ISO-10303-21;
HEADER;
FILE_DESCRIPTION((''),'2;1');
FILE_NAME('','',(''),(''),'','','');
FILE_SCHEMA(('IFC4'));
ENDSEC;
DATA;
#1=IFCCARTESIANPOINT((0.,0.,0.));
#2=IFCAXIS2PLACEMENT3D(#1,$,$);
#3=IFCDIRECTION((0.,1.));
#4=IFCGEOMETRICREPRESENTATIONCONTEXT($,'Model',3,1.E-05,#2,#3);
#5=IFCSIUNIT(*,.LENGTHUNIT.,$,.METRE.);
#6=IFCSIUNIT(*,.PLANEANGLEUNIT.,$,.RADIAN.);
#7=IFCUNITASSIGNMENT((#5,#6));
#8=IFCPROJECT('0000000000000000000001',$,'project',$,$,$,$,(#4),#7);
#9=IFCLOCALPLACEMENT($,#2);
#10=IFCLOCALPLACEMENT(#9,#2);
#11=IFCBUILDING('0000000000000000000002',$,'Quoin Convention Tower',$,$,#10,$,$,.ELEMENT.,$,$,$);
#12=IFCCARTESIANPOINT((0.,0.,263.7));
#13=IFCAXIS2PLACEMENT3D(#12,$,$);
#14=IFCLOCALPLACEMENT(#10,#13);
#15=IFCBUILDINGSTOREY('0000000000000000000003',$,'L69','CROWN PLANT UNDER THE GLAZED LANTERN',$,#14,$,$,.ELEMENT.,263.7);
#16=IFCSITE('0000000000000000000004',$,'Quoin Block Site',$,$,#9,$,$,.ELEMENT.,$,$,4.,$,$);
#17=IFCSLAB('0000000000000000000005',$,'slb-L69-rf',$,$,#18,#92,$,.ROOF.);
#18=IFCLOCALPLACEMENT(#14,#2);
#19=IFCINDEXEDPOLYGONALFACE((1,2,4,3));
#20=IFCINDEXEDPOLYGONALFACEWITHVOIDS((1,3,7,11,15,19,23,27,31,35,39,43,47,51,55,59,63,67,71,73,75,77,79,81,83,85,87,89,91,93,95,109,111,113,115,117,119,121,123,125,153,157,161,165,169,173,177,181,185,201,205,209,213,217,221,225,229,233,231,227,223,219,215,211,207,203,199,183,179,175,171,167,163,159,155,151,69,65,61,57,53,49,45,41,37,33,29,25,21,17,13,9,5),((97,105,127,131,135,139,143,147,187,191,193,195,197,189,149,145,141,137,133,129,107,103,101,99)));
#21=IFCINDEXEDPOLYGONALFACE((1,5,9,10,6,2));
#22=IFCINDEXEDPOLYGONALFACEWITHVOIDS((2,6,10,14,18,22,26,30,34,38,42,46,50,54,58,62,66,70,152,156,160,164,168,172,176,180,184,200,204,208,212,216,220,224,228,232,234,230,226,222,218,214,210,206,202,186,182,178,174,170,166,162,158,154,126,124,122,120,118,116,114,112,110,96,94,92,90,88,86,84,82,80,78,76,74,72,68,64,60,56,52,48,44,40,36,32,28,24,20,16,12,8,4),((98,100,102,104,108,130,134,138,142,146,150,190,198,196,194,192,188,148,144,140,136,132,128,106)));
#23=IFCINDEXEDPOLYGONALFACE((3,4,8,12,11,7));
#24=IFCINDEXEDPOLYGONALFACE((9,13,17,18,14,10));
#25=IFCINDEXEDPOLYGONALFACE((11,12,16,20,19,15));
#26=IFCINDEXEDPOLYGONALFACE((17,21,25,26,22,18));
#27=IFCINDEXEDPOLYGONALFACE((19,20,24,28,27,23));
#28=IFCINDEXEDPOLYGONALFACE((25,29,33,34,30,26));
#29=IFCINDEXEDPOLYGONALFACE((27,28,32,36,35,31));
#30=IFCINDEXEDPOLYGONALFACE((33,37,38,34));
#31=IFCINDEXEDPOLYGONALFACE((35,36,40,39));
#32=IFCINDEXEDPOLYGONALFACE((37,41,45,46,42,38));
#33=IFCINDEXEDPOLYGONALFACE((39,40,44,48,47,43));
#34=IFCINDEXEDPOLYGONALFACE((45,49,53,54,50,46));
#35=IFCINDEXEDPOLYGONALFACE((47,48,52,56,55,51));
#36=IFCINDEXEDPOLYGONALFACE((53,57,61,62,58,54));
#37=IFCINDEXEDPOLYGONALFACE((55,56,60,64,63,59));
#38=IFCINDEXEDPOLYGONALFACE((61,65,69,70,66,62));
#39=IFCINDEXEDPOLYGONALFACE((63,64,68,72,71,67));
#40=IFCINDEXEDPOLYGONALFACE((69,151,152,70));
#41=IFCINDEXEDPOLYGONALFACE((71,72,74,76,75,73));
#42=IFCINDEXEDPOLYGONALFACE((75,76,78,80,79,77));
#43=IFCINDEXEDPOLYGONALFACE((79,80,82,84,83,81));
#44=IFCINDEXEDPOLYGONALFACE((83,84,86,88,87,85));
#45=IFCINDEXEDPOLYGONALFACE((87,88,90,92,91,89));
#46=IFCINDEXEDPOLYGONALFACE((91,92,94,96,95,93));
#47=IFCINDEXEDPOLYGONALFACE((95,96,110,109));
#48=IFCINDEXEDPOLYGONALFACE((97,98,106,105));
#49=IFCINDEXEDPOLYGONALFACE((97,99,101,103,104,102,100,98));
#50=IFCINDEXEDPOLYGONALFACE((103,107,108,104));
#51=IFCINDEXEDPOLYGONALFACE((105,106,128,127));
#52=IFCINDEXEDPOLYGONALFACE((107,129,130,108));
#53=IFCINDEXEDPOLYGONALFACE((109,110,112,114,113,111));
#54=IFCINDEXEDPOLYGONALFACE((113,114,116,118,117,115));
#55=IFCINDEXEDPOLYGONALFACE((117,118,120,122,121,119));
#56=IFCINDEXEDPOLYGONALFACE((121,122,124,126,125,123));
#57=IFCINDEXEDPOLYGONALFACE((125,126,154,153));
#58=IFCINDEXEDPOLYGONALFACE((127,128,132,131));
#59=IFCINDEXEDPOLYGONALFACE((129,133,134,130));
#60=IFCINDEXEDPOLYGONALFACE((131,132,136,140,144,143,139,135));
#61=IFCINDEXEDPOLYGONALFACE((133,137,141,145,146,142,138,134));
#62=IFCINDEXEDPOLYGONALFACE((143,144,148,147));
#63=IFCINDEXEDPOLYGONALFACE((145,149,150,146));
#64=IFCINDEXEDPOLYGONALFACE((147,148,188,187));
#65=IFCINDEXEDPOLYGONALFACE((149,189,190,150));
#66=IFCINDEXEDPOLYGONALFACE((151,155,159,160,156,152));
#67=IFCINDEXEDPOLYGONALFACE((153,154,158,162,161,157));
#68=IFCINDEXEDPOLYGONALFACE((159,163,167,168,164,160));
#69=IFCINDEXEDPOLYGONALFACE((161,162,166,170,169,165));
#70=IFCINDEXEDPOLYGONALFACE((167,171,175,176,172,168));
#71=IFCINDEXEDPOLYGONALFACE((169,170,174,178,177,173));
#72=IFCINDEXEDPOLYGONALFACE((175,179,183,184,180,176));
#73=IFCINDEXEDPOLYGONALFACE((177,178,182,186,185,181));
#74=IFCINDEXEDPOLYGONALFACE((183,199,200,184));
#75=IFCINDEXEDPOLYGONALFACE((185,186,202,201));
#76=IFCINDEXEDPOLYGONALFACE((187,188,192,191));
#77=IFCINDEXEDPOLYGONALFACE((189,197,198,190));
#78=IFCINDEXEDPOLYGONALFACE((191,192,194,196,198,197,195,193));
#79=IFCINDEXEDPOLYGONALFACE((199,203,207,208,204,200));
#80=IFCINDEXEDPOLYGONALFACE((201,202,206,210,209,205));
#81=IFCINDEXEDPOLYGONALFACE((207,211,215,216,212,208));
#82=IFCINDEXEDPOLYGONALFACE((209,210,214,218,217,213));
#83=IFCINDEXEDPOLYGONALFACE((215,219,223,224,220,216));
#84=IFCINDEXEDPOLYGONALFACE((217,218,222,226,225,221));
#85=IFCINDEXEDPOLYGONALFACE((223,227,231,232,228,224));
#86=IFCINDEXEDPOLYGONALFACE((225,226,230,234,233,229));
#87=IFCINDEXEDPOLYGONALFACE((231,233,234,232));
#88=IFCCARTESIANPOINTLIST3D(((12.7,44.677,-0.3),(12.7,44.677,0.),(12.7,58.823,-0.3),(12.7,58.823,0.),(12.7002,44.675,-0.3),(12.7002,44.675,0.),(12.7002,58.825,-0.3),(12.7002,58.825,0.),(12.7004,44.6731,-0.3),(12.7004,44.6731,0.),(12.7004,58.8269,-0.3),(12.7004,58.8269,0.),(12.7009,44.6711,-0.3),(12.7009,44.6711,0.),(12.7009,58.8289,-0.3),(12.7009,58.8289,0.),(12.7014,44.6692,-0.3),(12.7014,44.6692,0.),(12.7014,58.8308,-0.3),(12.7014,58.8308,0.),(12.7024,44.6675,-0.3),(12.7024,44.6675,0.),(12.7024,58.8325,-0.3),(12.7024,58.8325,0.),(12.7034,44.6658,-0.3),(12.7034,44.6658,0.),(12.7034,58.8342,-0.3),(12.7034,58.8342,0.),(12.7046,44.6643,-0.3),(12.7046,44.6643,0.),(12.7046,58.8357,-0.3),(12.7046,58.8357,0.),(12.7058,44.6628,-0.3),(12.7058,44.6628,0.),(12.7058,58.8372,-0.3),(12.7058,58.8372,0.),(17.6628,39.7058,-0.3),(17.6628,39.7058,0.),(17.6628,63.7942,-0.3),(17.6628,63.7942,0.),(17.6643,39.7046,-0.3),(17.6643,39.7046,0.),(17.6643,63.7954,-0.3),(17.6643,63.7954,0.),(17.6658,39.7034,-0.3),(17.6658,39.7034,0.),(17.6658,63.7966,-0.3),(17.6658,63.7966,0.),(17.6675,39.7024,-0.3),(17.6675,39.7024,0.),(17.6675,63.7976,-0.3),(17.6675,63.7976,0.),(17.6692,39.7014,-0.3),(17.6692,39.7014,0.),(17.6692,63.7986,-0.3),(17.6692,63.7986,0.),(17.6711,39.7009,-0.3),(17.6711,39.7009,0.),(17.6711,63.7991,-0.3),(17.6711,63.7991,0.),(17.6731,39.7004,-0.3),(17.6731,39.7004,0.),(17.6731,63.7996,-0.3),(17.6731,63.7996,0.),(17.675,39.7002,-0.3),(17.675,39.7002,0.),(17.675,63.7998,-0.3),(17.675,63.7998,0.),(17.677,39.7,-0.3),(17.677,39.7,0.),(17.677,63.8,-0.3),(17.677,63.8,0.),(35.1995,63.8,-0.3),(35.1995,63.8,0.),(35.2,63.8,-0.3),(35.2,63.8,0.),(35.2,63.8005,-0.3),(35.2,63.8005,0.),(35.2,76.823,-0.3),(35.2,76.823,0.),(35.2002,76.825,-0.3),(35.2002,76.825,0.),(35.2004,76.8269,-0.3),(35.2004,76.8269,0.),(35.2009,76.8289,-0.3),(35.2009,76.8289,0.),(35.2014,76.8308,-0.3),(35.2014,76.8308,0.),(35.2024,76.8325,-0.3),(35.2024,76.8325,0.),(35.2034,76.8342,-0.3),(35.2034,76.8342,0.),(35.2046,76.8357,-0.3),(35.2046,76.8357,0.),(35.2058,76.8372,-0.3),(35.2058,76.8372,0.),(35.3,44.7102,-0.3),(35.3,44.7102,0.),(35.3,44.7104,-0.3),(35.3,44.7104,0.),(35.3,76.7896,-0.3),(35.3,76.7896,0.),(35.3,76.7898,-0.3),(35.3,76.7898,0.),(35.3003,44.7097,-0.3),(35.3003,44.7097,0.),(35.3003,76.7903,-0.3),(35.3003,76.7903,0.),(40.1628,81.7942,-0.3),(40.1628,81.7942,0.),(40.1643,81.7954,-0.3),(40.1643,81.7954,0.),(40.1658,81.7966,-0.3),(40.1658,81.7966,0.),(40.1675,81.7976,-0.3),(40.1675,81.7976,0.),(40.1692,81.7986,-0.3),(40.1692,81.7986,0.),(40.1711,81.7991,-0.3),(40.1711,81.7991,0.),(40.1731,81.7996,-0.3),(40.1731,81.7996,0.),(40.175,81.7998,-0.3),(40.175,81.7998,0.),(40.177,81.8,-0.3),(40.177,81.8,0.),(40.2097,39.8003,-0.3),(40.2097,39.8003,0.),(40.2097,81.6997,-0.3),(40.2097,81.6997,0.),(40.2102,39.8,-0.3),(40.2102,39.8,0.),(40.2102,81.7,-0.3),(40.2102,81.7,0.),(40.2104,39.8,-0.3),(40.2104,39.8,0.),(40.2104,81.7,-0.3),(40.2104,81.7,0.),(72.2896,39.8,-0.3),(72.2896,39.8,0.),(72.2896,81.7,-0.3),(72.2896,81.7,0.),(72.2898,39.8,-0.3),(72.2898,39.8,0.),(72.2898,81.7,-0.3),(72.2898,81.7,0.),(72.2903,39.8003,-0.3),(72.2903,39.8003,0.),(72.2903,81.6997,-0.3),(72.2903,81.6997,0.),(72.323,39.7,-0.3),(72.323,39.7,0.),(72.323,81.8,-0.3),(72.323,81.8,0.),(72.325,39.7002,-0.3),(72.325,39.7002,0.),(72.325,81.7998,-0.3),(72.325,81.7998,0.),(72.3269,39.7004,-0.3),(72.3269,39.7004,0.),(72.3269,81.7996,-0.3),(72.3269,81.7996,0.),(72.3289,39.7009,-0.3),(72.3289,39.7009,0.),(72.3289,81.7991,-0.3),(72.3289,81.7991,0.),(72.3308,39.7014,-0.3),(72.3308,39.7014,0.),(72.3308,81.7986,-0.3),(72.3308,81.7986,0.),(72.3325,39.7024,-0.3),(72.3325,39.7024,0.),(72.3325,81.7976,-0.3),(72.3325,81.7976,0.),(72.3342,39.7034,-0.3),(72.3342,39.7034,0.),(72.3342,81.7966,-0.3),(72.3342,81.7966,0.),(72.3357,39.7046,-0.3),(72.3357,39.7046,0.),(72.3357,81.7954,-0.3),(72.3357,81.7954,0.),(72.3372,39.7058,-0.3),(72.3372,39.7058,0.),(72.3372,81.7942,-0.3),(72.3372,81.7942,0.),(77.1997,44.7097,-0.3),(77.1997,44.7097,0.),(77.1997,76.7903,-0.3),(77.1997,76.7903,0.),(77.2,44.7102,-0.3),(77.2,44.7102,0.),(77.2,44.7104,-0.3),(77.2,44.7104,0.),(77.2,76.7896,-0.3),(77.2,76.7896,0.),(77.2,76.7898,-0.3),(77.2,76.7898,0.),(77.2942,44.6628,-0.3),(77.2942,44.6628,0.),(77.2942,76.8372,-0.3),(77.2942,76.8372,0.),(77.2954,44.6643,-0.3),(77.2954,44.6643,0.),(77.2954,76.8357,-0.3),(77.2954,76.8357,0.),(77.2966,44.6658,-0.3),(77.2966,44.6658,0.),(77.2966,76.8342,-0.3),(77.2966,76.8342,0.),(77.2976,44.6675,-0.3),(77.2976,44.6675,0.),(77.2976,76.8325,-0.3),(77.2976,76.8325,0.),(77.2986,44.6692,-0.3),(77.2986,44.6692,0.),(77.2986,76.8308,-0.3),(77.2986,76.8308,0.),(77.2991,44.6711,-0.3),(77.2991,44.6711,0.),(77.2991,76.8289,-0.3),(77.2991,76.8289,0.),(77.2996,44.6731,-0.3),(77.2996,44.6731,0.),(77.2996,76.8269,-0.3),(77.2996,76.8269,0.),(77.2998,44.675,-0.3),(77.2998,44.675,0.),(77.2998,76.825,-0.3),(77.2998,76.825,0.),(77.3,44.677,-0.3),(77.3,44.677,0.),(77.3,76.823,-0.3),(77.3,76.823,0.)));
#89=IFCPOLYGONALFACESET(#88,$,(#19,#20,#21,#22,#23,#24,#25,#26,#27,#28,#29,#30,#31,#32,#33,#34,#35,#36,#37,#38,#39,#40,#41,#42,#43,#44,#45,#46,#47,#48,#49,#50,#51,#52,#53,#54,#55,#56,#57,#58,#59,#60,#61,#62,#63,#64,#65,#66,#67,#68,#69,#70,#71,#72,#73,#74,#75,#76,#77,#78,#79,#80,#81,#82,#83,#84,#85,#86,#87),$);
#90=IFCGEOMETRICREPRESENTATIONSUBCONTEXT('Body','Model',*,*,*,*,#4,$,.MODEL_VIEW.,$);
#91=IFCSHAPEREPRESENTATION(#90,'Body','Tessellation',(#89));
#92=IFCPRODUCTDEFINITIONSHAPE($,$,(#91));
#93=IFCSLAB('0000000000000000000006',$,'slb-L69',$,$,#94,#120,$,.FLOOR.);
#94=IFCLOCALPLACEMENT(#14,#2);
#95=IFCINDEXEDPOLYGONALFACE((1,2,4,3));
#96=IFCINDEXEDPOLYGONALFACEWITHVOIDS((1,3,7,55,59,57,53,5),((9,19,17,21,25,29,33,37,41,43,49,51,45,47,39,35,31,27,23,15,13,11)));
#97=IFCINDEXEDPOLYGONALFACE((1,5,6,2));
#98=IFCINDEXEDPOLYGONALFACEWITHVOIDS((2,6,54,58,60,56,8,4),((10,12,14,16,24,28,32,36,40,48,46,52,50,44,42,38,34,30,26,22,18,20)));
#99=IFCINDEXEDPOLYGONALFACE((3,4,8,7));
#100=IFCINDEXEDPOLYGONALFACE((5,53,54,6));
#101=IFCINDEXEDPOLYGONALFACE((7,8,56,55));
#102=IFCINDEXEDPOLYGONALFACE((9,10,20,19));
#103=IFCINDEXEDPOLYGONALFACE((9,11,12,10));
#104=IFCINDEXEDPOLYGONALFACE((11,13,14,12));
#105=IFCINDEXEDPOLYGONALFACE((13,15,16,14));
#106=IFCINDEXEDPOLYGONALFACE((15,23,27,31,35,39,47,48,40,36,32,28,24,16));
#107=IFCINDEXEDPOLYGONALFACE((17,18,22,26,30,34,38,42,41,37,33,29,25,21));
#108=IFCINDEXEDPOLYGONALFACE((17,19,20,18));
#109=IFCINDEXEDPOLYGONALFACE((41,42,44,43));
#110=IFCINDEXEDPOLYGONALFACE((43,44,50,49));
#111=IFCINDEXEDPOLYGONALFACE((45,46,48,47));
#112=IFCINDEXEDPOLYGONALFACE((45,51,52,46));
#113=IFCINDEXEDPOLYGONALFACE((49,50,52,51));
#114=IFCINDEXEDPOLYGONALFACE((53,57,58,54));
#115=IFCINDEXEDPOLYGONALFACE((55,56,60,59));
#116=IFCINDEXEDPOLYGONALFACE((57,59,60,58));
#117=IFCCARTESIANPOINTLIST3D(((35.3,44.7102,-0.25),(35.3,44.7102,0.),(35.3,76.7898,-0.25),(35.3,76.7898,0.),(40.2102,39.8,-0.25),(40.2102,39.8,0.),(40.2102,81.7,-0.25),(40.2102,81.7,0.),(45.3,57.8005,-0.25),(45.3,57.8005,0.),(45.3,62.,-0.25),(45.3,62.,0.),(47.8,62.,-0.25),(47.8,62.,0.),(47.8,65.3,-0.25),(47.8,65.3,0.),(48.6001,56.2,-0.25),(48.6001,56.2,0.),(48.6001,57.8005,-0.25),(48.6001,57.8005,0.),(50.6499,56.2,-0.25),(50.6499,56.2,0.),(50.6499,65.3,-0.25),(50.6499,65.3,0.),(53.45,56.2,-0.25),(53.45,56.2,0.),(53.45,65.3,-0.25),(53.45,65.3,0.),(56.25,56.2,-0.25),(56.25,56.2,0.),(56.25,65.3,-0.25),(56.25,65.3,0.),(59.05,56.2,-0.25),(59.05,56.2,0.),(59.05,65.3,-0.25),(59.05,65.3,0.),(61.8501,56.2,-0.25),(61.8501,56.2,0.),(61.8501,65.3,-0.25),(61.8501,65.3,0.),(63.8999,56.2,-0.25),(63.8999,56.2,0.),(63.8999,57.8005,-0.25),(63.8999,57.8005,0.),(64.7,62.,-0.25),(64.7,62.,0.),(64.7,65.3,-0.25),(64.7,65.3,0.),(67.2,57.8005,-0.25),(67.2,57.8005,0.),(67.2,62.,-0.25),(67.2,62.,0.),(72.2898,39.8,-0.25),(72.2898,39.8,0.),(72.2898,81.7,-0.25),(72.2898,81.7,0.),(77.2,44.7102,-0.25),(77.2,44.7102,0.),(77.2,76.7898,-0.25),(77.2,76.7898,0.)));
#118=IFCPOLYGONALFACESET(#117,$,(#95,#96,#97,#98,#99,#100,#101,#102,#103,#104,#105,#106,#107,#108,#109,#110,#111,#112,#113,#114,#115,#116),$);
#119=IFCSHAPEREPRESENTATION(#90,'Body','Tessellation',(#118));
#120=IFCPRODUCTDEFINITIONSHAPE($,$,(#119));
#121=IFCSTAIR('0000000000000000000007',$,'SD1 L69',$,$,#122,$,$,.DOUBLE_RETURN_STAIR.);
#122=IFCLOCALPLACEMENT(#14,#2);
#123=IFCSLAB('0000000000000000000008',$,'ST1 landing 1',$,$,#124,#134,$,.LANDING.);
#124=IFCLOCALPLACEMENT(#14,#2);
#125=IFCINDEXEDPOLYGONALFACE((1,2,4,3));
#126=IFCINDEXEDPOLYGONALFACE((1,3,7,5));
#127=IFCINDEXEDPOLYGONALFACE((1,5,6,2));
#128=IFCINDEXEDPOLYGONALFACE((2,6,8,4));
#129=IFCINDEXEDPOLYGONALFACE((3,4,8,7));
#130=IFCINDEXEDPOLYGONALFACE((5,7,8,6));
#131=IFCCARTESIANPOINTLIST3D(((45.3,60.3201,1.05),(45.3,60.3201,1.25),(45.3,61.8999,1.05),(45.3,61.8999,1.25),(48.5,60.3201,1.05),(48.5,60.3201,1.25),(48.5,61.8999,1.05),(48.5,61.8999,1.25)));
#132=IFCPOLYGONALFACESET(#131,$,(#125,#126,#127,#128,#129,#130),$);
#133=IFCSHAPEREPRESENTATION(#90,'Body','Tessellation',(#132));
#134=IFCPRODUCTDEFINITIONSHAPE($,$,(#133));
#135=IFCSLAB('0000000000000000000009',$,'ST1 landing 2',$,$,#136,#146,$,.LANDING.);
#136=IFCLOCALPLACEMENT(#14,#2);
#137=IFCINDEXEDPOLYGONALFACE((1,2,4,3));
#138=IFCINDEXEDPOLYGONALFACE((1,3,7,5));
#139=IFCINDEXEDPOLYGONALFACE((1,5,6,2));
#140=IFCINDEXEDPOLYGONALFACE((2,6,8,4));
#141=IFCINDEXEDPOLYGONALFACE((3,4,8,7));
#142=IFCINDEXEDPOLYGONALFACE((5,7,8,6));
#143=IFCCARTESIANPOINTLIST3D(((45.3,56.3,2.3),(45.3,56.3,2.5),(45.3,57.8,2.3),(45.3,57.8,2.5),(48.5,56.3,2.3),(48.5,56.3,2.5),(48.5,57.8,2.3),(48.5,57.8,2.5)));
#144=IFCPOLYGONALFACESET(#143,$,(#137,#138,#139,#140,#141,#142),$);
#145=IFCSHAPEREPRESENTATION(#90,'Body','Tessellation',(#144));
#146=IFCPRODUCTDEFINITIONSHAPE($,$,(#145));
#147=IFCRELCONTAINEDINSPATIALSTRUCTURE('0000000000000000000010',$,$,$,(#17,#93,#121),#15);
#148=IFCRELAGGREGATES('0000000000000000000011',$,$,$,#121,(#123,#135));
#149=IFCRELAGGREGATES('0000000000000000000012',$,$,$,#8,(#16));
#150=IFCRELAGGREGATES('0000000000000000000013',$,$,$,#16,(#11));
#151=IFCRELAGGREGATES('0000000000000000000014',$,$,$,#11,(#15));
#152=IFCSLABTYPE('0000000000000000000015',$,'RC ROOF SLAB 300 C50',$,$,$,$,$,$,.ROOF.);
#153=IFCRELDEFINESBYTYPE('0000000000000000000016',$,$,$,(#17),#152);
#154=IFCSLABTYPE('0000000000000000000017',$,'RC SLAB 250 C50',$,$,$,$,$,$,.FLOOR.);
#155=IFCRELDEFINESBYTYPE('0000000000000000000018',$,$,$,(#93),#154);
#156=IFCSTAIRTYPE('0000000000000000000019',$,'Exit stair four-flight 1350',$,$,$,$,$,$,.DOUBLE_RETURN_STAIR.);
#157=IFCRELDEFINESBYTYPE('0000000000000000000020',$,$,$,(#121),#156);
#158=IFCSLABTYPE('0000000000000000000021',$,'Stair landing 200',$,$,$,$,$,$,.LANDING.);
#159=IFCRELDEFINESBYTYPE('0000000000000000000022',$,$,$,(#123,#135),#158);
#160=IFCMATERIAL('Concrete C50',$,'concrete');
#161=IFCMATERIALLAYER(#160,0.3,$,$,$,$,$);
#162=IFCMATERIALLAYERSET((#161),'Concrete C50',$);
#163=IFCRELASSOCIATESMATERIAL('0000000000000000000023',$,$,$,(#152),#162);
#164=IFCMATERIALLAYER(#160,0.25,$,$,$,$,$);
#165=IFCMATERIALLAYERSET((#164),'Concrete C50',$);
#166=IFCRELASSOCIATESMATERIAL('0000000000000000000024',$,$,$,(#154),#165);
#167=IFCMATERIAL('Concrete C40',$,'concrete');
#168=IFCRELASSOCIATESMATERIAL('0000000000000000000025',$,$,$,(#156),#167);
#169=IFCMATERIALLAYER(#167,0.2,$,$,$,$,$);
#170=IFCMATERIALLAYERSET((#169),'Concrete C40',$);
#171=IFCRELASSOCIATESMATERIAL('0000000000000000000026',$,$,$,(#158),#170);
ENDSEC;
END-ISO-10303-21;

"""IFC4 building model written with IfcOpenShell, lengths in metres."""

from ifc_helpers import new_model, si_unit, direction, frame, origin, place, context, subcontext, project, spatial, polyline, outline, extrude, material, layer, layer_set, type_object, element, aggregate, save


model = new_model("IFC4")

# Units and contexts
model_context = context("Model", 3, precision=1e-05, world=origin(), true_north=direction((0.0, 1.0)))
body_context = subcontext(model_context, "Body", "Model", "MODEL_VIEW")
ifc_project = project(units=[si_unit("LENGTHUNIT", "METRE"), si_unit("PLANEANGLEUNIT", "RADIAN")], contexts=[model_context])

# Site, building, storey
site_placement = place(None, origin())
site = spatial("IfcSite", under=ifc_project, at=site_placement, Name="Quoin Block Site", CompositionType="ELEMENT", RefElevation=4.0)
building_placement = place(site_placement, origin())
building = spatial("IfcBuilding", under=site, at=building_placement, Name="Quoin Convention Tower", CompositionType="ELEMENT")
storey_placement = place(building_placement, frame((0.0, 0.0, 263.7)))
storey = spatial("IfcBuildingStorey", under=building, at=storey_placement, Name="L69", Description="CROWN PLANT UNDER THE GLAZED LANTERN", CompositionType="ELEMENT", Elevation=263.7)

# Slabs
ifc_material_1 = material(Name="Concrete C50", Category="concrete")
ifc_layer_1 = layer(ifc_material_1, 0.3)
ifc_layer_set_1 = layer_set([ifc_layer_1], Name="Concrete C50")
slab_type_1 = type_object("IfcSlabType", Name="RC ROOF SLAB 300 C50", PredefinedType="ROOF", material=ifc_layer_set_1)
slab_1_placement = place(storey_placement, frame((0.0, 0.0, -0.3)))
element("IfcSlab", 1, at=slab_1_placement, inside=storey, type_object=slab_type_1, Name="slb-L69-rf", PredefinedType="ROOF", context=body_context, shape_type="SweptSolid", body=[
    extrude(outline(polyline([(17.677, 39.7), (17.675, 39.7002), (17.6731, 39.7004), (17.6711, 39.7009), (17.6692, 39.7014), (17.6675, 39.7024), (17.6658, 39.7034), (17.6643, 39.7046), (17.6628, 39.7058), (12.7058, 44.6628), (12.7046, 44.6643), (12.7034, 44.6658), (12.7024, 44.6675), (12.7014, 44.6692), (12.7009, 44.6711), (12.7004, 44.6731), (12.7002, 44.675), (12.7, 44.677), (12.7, 58.823), (12.7002, 58.825), (12.7004, 58.8269), (12.7009, 58.8289), (12.7014, 58.8308), (12.7024, 58.8325), (12.7034, 58.8342), (12.7046, 58.8357), (12.7058, 58.8372), (17.6628, 63.7942), (17.6643, 63.7954), (17.6658, 63.7966), (17.6675, 63.7976), (17.6692, 63.7986), (17.6711, 63.7991), (17.6731, 63.7996), (17.675, 63.7998), (17.677, 63.8), (35.1995, 63.8), (35.2, 63.8), (35.2, 63.8005), (35.2, 76.823), (35.2002, 76.825), (35.2004, 76.8269), (35.2009, 76.8289), (35.2014, 76.8308), (35.2024, 76.8325), (35.2034, 76.8342), (35.2046, 76.8357), (35.2058, 76.8372), (40.1628, 81.7942), (40.1643, 81.7954), (40.1658, 81.7966), (40.1675, 81.7976), (40.1692, 81.7986), (40.1711, 81.7991), (40.1731, 81.7996), (40.175, 81.7998), (40.177, 81.8), (72.323, 81.8), (72.325, 81.7998), (72.3269, 81.7996), (72.3289, 81.7991), (72.3308, 81.7986), (72.3325, 81.7976), (72.3342, 81.7966), (72.3357, 81.7954), (72.3372, 81.7942), (77.2942, 76.8372), (77.2954, 76.8357), (77.2966, 76.8342), (77.2976, 76.8325), (77.2986, 76.8308), (77.2991, 76.8289), (77.2996, 76.8269), (77.2998, 76.825), (77.3, 76.823), (77.3, 44.677), (77.2998, 44.675), (77.2996, 44.6731), (77.2991, 44.6711), (77.2986, 44.6692), (77.2976, 44.6675), (77.2966, 44.6658), (77.2954, 44.6643), (77.2942, 44.6628), (72.3372, 39.7058), (72.3357, 39.7046), (72.3342, 39.7034), (72.3325, 39.7024), (72.3308, 39.7014), (72.3289, 39.7009), (72.3269, 39.7004), (72.325, 39.7002), (72.323, 39.7), (17.677, 39.7)]), holes=[polyline([(35.3, 44.7102), (35.3003, 44.7097), (40.2097, 39.8003), (40.2102, 39.8), (40.2104, 39.8), (72.2896, 39.8), (72.2898, 39.8), (72.2903, 39.8003), (77.1997, 44.7097), (77.2, 44.7102), (77.2, 44.7104), (77.2, 76.7896), (77.2, 76.7898), (77.1997, 76.7903), (72.2903, 81.6997), (72.2898, 81.7), (72.2896, 81.7), (40.2104, 81.7), (40.2102, 81.7), (40.2097, 81.6997), (35.3003, 76.7903), (35.3, 76.7898), (35.3, 76.7896), (35.3, 44.7104), (35.3, 44.7102)])]), origin(), (0.0, 0.0, 1.0), 0.3),
])
ifc_layer_2 = layer(ifc_material_1, 0.25)
ifc_layer_set_2 = layer_set([ifc_layer_2], Name="Concrete C50")
slab_type_2 = type_object("IfcSlabType", Name="RC SLAB 250 C50", PredefinedType="FLOOR", material=ifc_layer_set_2)
slab_2_placement = place(storey_placement, frame((0.0, 0.0, -0.25)))
element("IfcSlab", 2, at=slab_2_placement, inside=storey, type_object=slab_type_2, Name="slb-L69", PredefinedType="FLOOR", context=body_context, shape_type="SweptSolid", body=[
    extrude(outline(polyline([(40.2102, 39.8), (35.3, 44.7102), (35.3, 76.7898), (40.2102, 81.7), (72.2898, 81.7), (77.2, 76.7898), (77.2, 44.7102), (72.2898, 39.8), (40.2102, 39.8)]), holes=[polyline([(56.25, 56.2), (59.05, 56.2), (61.8501, 56.2), (63.8999, 56.2), (63.8999, 57.8005), (67.2, 57.8005), (67.2, 62.0), (64.7, 62.0), (64.7, 65.3), (61.8501, 65.3), (59.05, 65.3), (56.25, 65.3), (53.45, 65.3), (50.6499, 65.3), (47.8, 65.3), (47.8, 62.0), (45.3, 62.0), (45.3, 57.8005), (48.6001, 57.8005), (48.6001, 56.2), (50.6499, 56.2), (53.45, 56.2), (56.25, 56.2)])]), origin(), (0.0, 0.0, 1.0), 0.25),
])

# Stair, slabs
ifc_material_2 = material(Name="Concrete C40", Category="concrete")
stair_type = type_object("IfcStairType", Name="Exit stair four-flight 1350", PredefinedType="DOUBLE_RETURN_STAIR", material=ifc_material_2)
stair_1_placement = place(storey_placement, origin())
stair_1 = element("IfcStair", 3, at=stair_1_placement, inside=storey, type_object=stair_type, Name="SD1 L69", PredefinedType="DOUBLE_RETURN_STAIR")
ifc_layer_3 = layer(ifc_material_2, 0.2)
ifc_layer_set_3 = layer_set([ifc_layer_3], Name="Concrete C40")
slab_type_3 = type_object("IfcSlabType", Name="Stair landing 200", PredefinedType="LANDING", material=ifc_layer_set_3)
slab_3_placement = place(storey_placement, frame((0.0, 0.0, 1.05)))
slab_3 = element("IfcSlab", 4, at=slab_3_placement, type_object=slab_type_3, Name="ST1 landing 1", PredefinedType="LANDING", context=body_context, shape_type="SweptSolid", body=[
    extrude(outline(polyline([(45.3, 60.3201), (48.5, 60.3201), (48.5, 61.8999), (45.3, 61.8999), (45.3, 60.3201)])), origin(), (0.0, 0.0, 1.0), 0.2),
])
slab_4_placement = place(storey_placement, frame((0.0, 0.0, 2.3)))
slab_4 = element("IfcSlab", 5, at=slab_4_placement, type_object=slab_type_3, Name="ST1 landing 2", PredefinedType="LANDING", context=body_context, shape_type="SweptSolid", body=[
    extrude(outline(polyline([(45.3, 56.3), (48.5, 56.3), (48.5, 57.8), (45.3, 57.8), (45.3, 56.3)])), origin(), (0.0, 0.0, 1.0), 0.2),
])
aggregate(stair_1, [slab_3, slab_4])

save(model, "model.ifc")
